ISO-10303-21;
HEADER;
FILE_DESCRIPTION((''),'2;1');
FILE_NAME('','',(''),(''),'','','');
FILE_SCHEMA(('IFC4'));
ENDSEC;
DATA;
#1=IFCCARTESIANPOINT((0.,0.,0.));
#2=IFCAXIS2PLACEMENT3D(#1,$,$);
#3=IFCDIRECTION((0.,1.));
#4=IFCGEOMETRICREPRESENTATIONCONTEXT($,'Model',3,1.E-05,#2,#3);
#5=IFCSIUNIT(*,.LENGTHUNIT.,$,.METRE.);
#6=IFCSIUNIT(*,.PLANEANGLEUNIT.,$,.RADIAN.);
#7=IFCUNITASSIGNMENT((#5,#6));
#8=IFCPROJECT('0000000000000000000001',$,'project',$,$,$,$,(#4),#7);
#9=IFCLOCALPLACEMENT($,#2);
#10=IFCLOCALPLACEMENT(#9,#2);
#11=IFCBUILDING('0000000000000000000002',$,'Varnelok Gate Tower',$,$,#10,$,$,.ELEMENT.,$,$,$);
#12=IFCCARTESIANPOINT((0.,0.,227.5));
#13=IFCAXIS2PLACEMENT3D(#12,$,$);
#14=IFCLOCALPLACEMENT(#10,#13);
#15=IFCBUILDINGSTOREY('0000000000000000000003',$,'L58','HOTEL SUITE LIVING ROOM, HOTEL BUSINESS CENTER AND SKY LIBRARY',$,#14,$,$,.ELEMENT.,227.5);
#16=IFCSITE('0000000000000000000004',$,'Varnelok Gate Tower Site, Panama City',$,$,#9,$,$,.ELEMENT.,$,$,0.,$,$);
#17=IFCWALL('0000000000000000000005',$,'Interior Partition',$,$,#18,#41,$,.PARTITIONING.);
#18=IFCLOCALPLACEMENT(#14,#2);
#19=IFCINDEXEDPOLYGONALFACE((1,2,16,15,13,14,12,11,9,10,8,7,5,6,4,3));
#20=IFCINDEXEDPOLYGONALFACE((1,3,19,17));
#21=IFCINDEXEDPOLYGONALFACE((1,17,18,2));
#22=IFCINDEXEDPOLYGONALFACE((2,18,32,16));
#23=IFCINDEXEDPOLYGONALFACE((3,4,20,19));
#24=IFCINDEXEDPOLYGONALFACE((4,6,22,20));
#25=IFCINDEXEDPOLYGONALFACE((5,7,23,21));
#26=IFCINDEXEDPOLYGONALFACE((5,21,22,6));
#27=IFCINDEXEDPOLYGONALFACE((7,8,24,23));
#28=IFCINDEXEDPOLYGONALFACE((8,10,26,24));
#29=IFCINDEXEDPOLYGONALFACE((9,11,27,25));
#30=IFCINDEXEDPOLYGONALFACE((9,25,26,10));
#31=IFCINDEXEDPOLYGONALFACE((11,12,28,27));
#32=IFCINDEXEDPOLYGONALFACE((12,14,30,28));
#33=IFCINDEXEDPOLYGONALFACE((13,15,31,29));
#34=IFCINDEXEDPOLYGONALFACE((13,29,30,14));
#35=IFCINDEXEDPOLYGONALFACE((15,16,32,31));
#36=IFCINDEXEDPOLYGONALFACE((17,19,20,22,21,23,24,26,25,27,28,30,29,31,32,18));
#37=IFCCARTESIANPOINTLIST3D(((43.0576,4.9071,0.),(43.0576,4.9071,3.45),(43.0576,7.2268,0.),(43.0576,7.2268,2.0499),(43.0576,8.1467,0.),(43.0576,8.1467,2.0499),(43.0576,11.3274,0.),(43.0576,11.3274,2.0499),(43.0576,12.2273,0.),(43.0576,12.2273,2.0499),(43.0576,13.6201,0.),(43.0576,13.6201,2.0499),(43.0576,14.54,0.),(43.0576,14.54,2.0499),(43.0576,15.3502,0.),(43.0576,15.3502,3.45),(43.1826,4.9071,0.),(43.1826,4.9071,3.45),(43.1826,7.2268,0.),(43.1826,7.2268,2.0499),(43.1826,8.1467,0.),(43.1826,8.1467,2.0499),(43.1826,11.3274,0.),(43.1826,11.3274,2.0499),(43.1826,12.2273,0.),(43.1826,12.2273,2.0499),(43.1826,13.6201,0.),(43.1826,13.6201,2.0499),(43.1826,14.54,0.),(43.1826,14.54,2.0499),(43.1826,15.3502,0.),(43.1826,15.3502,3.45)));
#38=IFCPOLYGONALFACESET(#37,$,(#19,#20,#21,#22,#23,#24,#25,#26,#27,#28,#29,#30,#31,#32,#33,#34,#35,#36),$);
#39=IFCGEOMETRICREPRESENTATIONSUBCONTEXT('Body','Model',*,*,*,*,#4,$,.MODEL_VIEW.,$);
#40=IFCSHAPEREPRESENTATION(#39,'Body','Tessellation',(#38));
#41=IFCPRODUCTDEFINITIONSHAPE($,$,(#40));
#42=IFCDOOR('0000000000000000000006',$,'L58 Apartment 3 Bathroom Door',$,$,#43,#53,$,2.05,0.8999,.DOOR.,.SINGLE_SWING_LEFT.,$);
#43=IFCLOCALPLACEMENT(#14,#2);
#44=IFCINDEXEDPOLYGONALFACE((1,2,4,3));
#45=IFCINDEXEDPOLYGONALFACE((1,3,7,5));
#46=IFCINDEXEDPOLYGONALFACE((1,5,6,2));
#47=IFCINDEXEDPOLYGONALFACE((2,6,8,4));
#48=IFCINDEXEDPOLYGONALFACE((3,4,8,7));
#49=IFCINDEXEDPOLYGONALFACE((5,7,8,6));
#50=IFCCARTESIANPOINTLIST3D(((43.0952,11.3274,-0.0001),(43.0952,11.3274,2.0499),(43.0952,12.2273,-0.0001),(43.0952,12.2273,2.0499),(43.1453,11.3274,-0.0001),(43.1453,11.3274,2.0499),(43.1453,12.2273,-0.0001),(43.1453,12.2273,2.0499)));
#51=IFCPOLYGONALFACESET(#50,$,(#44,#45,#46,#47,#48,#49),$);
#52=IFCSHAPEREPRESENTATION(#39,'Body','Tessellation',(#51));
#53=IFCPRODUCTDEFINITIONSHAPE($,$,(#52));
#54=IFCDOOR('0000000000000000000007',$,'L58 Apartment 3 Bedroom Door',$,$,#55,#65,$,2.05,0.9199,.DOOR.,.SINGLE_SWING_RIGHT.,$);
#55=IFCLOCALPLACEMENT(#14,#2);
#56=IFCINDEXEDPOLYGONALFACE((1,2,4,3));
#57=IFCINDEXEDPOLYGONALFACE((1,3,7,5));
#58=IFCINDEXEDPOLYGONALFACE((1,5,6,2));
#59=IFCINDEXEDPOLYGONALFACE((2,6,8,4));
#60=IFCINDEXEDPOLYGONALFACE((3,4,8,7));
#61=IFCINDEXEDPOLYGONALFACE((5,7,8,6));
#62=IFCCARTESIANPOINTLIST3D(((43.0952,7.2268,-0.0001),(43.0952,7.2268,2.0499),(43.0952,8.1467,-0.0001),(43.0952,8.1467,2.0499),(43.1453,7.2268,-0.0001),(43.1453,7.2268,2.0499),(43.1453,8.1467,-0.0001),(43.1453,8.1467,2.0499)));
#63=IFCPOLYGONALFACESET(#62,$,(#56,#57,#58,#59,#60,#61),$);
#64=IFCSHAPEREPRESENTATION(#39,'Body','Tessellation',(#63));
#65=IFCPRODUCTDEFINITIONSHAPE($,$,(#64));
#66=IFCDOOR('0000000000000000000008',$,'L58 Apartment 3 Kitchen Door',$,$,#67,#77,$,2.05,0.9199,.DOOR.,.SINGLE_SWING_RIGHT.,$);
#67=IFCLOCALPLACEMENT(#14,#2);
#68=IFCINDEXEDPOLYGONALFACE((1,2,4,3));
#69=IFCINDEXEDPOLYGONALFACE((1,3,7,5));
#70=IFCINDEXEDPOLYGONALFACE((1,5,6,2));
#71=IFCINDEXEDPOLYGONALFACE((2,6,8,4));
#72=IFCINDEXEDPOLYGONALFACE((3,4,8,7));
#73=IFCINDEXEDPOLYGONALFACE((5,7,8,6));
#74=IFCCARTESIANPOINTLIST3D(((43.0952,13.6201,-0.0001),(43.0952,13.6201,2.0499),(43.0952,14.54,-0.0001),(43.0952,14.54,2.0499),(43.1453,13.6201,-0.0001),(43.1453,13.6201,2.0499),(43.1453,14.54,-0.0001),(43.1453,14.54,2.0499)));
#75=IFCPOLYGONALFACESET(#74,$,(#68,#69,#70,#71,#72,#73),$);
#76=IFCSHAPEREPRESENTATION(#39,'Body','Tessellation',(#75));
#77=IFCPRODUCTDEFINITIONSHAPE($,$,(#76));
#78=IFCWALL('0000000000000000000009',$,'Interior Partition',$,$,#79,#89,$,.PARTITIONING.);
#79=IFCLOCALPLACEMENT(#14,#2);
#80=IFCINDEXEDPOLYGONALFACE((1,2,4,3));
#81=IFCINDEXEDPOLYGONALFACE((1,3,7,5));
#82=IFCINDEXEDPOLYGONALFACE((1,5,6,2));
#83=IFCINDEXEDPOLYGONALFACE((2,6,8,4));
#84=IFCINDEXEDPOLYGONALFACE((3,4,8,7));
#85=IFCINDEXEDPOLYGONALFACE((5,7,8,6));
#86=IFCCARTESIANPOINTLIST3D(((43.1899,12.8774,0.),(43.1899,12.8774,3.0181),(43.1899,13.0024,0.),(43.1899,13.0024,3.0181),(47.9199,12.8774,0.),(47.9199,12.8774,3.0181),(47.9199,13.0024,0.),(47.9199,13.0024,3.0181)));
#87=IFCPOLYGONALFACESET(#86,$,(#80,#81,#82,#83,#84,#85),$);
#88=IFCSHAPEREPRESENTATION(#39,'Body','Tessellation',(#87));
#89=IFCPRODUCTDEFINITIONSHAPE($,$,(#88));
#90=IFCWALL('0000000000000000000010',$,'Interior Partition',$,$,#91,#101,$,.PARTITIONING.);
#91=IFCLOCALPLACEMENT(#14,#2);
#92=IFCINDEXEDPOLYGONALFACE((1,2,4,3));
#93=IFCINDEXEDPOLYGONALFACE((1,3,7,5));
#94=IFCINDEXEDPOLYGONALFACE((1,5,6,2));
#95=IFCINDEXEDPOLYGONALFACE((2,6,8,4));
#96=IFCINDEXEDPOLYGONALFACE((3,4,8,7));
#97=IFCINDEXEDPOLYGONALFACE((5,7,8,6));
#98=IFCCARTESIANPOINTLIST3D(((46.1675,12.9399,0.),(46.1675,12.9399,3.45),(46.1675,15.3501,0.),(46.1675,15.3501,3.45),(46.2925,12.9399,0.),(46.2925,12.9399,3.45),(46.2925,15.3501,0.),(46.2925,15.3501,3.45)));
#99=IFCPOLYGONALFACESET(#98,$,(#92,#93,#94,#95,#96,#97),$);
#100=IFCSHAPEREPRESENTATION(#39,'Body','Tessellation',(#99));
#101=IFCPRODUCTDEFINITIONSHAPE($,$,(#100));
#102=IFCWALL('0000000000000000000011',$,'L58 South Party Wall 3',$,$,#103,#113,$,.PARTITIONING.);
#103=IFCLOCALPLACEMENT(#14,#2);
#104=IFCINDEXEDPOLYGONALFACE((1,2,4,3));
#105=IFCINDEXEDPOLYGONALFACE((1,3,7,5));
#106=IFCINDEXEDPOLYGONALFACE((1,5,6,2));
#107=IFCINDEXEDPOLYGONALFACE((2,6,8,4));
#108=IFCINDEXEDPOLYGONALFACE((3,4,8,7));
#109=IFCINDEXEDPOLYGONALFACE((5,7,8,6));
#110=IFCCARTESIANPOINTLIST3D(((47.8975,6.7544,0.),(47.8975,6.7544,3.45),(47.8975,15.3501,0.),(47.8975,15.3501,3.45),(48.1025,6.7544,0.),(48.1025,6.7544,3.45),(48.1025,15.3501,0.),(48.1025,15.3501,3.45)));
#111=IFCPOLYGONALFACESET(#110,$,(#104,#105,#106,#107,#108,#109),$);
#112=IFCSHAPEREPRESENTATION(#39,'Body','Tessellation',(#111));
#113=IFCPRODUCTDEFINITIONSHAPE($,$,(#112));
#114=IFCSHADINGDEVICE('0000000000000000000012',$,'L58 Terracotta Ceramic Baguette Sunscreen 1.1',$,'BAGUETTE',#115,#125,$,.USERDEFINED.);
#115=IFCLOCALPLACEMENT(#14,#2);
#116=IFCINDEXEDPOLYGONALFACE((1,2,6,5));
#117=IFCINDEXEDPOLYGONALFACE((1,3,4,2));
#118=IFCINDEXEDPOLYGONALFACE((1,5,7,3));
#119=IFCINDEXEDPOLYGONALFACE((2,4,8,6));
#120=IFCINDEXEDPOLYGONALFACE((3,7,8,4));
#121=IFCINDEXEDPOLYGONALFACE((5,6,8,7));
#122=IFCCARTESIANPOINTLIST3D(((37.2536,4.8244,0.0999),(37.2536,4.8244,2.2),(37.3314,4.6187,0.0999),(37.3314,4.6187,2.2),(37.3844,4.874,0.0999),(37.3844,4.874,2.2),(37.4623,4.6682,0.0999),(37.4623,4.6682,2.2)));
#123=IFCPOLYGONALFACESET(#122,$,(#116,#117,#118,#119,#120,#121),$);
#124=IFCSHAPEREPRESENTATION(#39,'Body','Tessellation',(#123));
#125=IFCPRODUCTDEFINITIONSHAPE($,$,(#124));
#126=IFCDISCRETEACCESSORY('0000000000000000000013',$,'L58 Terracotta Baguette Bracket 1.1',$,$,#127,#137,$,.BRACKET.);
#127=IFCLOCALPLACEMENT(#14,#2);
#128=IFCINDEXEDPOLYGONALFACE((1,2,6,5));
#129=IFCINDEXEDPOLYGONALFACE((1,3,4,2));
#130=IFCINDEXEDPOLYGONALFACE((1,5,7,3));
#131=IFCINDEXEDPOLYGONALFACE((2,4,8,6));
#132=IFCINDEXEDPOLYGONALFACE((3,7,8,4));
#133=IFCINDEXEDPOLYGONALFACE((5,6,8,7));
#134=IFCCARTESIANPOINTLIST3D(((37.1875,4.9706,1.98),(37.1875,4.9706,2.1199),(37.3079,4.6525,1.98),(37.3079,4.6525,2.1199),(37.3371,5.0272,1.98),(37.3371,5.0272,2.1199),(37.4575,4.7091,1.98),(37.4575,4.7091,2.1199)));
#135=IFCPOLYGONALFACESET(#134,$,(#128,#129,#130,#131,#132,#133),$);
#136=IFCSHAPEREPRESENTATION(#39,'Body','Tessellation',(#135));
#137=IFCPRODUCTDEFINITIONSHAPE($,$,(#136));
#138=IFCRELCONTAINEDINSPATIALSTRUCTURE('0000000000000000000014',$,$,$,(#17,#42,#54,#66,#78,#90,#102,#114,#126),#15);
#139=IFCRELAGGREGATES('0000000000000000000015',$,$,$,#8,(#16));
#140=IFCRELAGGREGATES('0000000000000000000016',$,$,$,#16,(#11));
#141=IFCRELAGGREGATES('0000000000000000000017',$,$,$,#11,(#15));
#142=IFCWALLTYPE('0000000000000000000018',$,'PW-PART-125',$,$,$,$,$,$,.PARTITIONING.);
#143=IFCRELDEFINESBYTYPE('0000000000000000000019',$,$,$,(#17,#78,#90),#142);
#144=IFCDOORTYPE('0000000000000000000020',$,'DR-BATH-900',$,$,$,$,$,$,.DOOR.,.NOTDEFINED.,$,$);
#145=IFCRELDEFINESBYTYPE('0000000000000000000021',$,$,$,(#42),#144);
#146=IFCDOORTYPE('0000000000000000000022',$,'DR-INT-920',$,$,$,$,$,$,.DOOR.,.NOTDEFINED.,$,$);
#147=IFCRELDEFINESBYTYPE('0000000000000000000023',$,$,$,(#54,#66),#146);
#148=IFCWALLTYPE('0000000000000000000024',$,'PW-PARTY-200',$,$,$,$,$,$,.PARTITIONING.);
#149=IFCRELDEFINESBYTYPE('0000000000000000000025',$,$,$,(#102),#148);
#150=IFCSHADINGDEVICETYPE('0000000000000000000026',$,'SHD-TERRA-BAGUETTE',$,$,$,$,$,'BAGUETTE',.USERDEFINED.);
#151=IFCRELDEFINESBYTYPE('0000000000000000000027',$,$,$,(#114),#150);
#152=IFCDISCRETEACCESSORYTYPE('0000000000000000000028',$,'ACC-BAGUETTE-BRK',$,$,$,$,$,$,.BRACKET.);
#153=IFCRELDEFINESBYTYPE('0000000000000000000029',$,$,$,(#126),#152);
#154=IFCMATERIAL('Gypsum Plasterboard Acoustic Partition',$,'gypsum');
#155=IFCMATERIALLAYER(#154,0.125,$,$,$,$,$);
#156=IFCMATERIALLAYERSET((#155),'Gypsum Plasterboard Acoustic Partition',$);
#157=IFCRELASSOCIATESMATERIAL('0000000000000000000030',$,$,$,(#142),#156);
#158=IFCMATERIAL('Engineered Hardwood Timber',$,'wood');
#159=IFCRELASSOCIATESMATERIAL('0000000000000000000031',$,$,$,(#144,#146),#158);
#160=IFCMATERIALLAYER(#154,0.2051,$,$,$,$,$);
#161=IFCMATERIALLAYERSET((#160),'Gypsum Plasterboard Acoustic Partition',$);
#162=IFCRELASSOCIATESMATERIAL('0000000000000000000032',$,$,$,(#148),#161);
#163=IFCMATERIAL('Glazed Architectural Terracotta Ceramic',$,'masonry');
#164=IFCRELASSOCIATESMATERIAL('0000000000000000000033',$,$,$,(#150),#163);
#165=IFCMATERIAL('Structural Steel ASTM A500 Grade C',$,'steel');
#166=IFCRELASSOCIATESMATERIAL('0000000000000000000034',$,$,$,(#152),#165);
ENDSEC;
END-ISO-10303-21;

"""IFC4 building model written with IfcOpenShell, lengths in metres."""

from ifc_helpers import new_model, si_unit, direction, frame, frame_2d, origin, origin_2d, place, context, subcontext, project, spatial, rectangle, extrude, source, transform, mapped, material, layer, layer_set, type_object, element, fill, save


model = new_model("IFC4")

# Units and contexts
model_context = context("Model", 3, precision=1e-05, world=origin(), true_north=direction((0.0, 1.0)))
body_context = subcontext(model_context, "Body", "Model", "MODEL_VIEW")
ifc_project = project(units=[si_unit("LENGTHUNIT", "METRE"), si_unit("PLANEANGLEUNIT", "RADIAN")], contexts=[model_context])

# Site, building, storey
site_placement = place(None, origin())
site = spatial("IfcSite", under=ifc_project, at=site_placement, Name="Varnelok Gate Tower Site, Panama City", CompositionType="ELEMENT", RefElevation=0.0)
building_placement = place(site_placement, origin())
building = spatial("IfcBuilding", under=site, at=building_placement, Name="Varnelok Gate Tower", CompositionType="ELEMENT")
storey_placement = place(building_placement, frame((0.0, 0.0, 227.5)))
storey = spatial("IfcBuildingStorey", under=building, at=storey_placement, Name="L58", Description="HOTEL SUITE LIVING ROOM, HOTEL BUSINESS CENTER AND SKY LIBRARY", CompositionType="ELEMENT", Elevation=227.5)

# Shared definitions
ifc_material_1 = material(Name="Gypsum Plasterboard Acoustic Partition", Category="gypsum")

# Wall, openings, doors
ifc_layer_1 = layer(ifc_material_1, 0.125)
ifc_layer_set_1 = layer_set([ifc_layer_1], Name="Gypsum Plasterboard Acoustic Partition")
wall_type_1 = type_object("IfcWallType", Name="PW-PART-125", PredefinedType="PARTITIONING", material=ifc_layer_set_1)
wall_1_placement = place(storey_placement, frame((43.1201, 4.907, 0.0), z_axis=(0.0, 0.0, 1.0), x_axis=(0.0, 1.0, 0.0)))
wall_1 = element("IfcWall", 1, at=wall_1_placement, inside=storey, type_object=wall_type_1, Name="Interior Partition", PredefinedType="PARTITIONING", context=body_context, shape_type="SweptSolid", body=[
    extrude(rectangle(XDim=10.4431, YDim=0.125, at=frame_2d((5.2217, 0.0))), origin(), (0.0, 0.0, 1.0), 3.45),
])
opening_1_placement = place(wall_1_placement, frame((2.3198, 0.0, 0.0)))
opening_1 = element("IfcOpeningElement", 2, at=opening_1_placement, cuts=wall_1, PredefinedType="OPENING", context=body_context, shape_type="SweptSolid", body=[
    extrude(rectangle(XDim=0.9199, YDim=2.05, at=frame_2d((0.46, 1.0249))), frame((0.0, 0.0725, 0.0), z_axis=(0.0, -1.0, 0.0), x_axis=(1.0, 0.0, 0.0)), (0.0, 0.0, 1.0), 0.145),
])
opening_2_placement = place(wall_1_placement, frame((6.4204, 0.0, 0.0)))
opening_2 = element("IfcOpeningElement", 3, at=opening_2_placement, cuts=wall_1, PredefinedType="OPENING", context=body_context, shape_type="SweptSolid", body=[
    extrude(rectangle(XDim=0.8999, YDim=2.05, at=frame_2d((0.45, 1.0249))), frame((0.0, 0.0725, 0.0), z_axis=(0.0, -1.0, 0.0), x_axis=(1.0, 0.0, 0.0)), (0.0, 0.0, 1.0), 0.145),
])
opening_3_placement = place(wall_1_placement, frame((8.7131, 0.0, 0.0)))
opening_3 = element("IfcOpeningElement", 4, at=opening_3_placement, cuts=wall_1, PredefinedType="OPENING", context=body_context, shape_type="SweptSolid", body=[
    extrude(rectangle(XDim=0.9199, YDim=2.05, at=frame_2d((0.46, 1.0249))), frame((0.0, 0.0725, 0.0), z_axis=(0.0, -1.0, 0.0), x_axis=(1.0, 0.0, 0.0)), (0.0, 0.0, 1.0), 0.145),
])
ifc_material_2 = material(Name="Engineered Hardwood Timber", Category="wood")
door_type_1 = type_object("IfcDoorType", Name="DR-BATH-900", OperationType="NOTDEFINED", PredefinedType="DOOR", material=ifc_material_2)
door_1_placement = place(opening_2_placement, origin())
door_1 = element("IfcDoor", 5, at=door_1_placement, inside=storey, type_object=door_type_1, Name="L58 Apartment 3 Bathroom Door", OperationType="SINGLE_SWING_LEFT", OverallHeight=2.05, OverallWidth=0.8999, PredefinedType="DOOR", context=body_context, shape_type="SweptSolid", body=[
    extrude(rectangle(XDim=0.8999, YDim=2.05, at=frame_2d((0.45, 1.0249))), frame((0.0, 0.0249, 0.0), z_axis=(0.0, -1.0, 0.0), x_axis=(1.0, 0.0, 0.0)), (0.0, 0.0, 1.0), 0.05),
])
fill(opening_2, door_1)
door_type_2 = type_object("IfcDoorType", Name="DR-INT-920", OperationType="NOTDEFINED", PredefinedType="DOOR", material=ifc_material_2)
door_2_placement = place(opening_1_placement, origin())
door_2 = element("IfcDoor", 6, at=door_2_placement, inside=storey, type_object=door_type_2, Name="L58 Apartment 3 Bedroom Door", OperationType="SINGLE_SWING_RIGHT", OverallHeight=2.05, OverallWidth=0.9199, PredefinedType="DOOR", context=body_context, shape_type="SweptSolid", body=[
    extrude(rectangle(XDim=0.9199, YDim=2.05, at=frame_2d((0.46, 1.0249))), frame((0.0, 0.0249, 0.0), z_axis=(0.0, -1.0, 0.0), x_axis=(1.0, 0.0, 0.0)), (0.0, 0.0, 1.0), 0.05),
])
fill(opening_1, door_2)
door_3_placement = place(opening_3_placement, origin())
door_3 = element("IfcDoor", 7, at=door_3_placement, inside=storey, type_object=door_type_2, Name="L58 Apartment 3 Kitchen Door", OperationType="SINGLE_SWING_RIGHT", OverallHeight=2.05, OverallWidth=0.9199, PredefinedType="DOOR", context=body_context, shape_type="SweptSolid", body=[
    extrude(rectangle(XDim=0.9199, YDim=2.05, at=frame_2d((0.46, 1.0249))), frame((0.0, 0.0249, 0.0), z_axis=(0.0, -1.0, 0.0), x_axis=(1.0, 0.0, 0.0)), (0.0, 0.0, 1.0), 0.05),
])
fill(opening_3, door_3)

# Walls
wall_2_placement = place(storey_placement, frame((43.1899, 12.9399, 0.0), z_axis=(0.0, 0.0, 1.0), x_axis=(1.0, 0.0, 0.0)))
element("IfcWall", 8, at=wall_2_placement, inside=storey, type_object=wall_type_1, Name="Interior Partition", PredefinedType="PARTITIONING", context=body_context, shape_type="SweptSolid", body=[
    extrude(rectangle(XDim=4.73, YDim=0.125, at=frame_2d((2.365, 0.0))), origin(), (0.0, 0.0, 1.0), 3.0181),
])
wall_3_placement = place(storey_placement, frame((46.23, 12.9399, 0.0), z_axis=(0.0, 0.0, 1.0), x_axis=(0.0, 1.0, 0.0)))
element("IfcWall", 9, at=wall_3_placement, inside=storey, type_object=wall_type_1, Name="Interior Partition", PredefinedType="PARTITIONING", context=body_context, shape_type="SweptSolid", body=[
    extrude(rectangle(XDim=2.4102, YDim=0.125, at=frame_2d((1.2051, 0.0))), origin(), (0.0, 0.0, 1.0), 3.45),
])
ifc_layer_2 = layer(ifc_material_1, 0.2051)
ifc_layer_set_2 = layer_set([ifc_layer_2], Name="Gypsum Plasterboard Acoustic Partition")
wall_type_2 = type_object("IfcWallType", Name="PW-PARTY-200", PredefinedType="PARTITIONING", material=ifc_layer_set_2)
wall_4_placement = place(storey_placement, frame((48.0, 6.7544, 0.0), z_axis=(0.0, 0.0, 1.0), x_axis=(0.0, 1.0, 0.0)))
element("IfcWall", 10, at=wall_4_placement, inside=storey, type_object=wall_type_2, Name="L58 South Party Wall 3", PredefinedType="PARTITIONING", context=body_context, shape_type="SweptSolid", body=[
    extrude(rectangle(XDim=8.5957, YDim=0.2051, at=frame_2d((4.2979, 0.0))), origin(), (0.0, 0.0, 1.0), 3.45),
])

# Shading device
ifc_material_3 = material(Name="Glazed Architectural Terracotta Ceramic", Category="masonry")
shading_device_type = type_object("IfcShadingDeviceType", Name="SHD-TERRA-BAGUETTE", ElementType="BAGUETTE", PredefinedType="USERDEFINED", material=ifc_material_3)
shared_shape_1 = source(origin(), body_context, "Body", "SweptSolid", [
    extrude(rectangle(XDim=0.1399, YDim=0.22, at=origin_2d()), origin(), (0.0, 0.0, 1.0), 2.1001),
])
shading_device_placement = place(storey_placement, frame((37.3579, 4.7463, 0.0999), z_axis=(0.0, 0.0, 1.0), x_axis=(0.935222, 0.354063, 0.0)))
element("IfcShadingDevice", 11, at=shading_device_placement, inside=storey, type_object=shading_device_type, Name="L58 Terracotta Ceramic Baguette Sunscreen 1.1", ObjectType="BAGUETTE", PredefinedType="USERDEFINED", context=body_context, shape_type="MappedRepresentation", body=[
    mapped(shared_shape_1, transform((0.0, 0.0, 0.0), scale=1.0)),
])

# Discrete accessory
ifc_material_4 = material(Name="Structural Steel ASTM A500 Grade C", Category="steel")
discrete_accessory_type = type_object("IfcDiscreteAccessoryType", Name="ACC-BAGUETTE-BRK", PredefinedType="BRACKET", material=ifc_material_4)
shared_shape_2 = source(origin(), body_context, "Body", "SweptSolid", [
    extrude(rectangle(XDim=0.1599, YDim=0.3401, at=origin_2d()), origin(), (0.0, 0.0, 1.0), 0.1399),
])
discrete_accessory_placement = place(storey_placement, frame((37.3225, 4.8398, 1.98), z_axis=(0.0, 0.0, 1.0), x_axis=(0.935222, 0.354063, 0.0)))
element("IfcDiscreteAccessory", 12, at=discrete_accessory_placement, inside=storey, type_object=discrete_accessory_type, Name="L58 Terracotta Baguette Bracket 1.1", PredefinedType="BRACKET", context=body_context, shape_type="MappedRepresentation", body=[
    mapped(shared_shape_2, transform((0.0, 0.0, 0.0), scale=1.0)),
])

save(model, "model.ifc")
